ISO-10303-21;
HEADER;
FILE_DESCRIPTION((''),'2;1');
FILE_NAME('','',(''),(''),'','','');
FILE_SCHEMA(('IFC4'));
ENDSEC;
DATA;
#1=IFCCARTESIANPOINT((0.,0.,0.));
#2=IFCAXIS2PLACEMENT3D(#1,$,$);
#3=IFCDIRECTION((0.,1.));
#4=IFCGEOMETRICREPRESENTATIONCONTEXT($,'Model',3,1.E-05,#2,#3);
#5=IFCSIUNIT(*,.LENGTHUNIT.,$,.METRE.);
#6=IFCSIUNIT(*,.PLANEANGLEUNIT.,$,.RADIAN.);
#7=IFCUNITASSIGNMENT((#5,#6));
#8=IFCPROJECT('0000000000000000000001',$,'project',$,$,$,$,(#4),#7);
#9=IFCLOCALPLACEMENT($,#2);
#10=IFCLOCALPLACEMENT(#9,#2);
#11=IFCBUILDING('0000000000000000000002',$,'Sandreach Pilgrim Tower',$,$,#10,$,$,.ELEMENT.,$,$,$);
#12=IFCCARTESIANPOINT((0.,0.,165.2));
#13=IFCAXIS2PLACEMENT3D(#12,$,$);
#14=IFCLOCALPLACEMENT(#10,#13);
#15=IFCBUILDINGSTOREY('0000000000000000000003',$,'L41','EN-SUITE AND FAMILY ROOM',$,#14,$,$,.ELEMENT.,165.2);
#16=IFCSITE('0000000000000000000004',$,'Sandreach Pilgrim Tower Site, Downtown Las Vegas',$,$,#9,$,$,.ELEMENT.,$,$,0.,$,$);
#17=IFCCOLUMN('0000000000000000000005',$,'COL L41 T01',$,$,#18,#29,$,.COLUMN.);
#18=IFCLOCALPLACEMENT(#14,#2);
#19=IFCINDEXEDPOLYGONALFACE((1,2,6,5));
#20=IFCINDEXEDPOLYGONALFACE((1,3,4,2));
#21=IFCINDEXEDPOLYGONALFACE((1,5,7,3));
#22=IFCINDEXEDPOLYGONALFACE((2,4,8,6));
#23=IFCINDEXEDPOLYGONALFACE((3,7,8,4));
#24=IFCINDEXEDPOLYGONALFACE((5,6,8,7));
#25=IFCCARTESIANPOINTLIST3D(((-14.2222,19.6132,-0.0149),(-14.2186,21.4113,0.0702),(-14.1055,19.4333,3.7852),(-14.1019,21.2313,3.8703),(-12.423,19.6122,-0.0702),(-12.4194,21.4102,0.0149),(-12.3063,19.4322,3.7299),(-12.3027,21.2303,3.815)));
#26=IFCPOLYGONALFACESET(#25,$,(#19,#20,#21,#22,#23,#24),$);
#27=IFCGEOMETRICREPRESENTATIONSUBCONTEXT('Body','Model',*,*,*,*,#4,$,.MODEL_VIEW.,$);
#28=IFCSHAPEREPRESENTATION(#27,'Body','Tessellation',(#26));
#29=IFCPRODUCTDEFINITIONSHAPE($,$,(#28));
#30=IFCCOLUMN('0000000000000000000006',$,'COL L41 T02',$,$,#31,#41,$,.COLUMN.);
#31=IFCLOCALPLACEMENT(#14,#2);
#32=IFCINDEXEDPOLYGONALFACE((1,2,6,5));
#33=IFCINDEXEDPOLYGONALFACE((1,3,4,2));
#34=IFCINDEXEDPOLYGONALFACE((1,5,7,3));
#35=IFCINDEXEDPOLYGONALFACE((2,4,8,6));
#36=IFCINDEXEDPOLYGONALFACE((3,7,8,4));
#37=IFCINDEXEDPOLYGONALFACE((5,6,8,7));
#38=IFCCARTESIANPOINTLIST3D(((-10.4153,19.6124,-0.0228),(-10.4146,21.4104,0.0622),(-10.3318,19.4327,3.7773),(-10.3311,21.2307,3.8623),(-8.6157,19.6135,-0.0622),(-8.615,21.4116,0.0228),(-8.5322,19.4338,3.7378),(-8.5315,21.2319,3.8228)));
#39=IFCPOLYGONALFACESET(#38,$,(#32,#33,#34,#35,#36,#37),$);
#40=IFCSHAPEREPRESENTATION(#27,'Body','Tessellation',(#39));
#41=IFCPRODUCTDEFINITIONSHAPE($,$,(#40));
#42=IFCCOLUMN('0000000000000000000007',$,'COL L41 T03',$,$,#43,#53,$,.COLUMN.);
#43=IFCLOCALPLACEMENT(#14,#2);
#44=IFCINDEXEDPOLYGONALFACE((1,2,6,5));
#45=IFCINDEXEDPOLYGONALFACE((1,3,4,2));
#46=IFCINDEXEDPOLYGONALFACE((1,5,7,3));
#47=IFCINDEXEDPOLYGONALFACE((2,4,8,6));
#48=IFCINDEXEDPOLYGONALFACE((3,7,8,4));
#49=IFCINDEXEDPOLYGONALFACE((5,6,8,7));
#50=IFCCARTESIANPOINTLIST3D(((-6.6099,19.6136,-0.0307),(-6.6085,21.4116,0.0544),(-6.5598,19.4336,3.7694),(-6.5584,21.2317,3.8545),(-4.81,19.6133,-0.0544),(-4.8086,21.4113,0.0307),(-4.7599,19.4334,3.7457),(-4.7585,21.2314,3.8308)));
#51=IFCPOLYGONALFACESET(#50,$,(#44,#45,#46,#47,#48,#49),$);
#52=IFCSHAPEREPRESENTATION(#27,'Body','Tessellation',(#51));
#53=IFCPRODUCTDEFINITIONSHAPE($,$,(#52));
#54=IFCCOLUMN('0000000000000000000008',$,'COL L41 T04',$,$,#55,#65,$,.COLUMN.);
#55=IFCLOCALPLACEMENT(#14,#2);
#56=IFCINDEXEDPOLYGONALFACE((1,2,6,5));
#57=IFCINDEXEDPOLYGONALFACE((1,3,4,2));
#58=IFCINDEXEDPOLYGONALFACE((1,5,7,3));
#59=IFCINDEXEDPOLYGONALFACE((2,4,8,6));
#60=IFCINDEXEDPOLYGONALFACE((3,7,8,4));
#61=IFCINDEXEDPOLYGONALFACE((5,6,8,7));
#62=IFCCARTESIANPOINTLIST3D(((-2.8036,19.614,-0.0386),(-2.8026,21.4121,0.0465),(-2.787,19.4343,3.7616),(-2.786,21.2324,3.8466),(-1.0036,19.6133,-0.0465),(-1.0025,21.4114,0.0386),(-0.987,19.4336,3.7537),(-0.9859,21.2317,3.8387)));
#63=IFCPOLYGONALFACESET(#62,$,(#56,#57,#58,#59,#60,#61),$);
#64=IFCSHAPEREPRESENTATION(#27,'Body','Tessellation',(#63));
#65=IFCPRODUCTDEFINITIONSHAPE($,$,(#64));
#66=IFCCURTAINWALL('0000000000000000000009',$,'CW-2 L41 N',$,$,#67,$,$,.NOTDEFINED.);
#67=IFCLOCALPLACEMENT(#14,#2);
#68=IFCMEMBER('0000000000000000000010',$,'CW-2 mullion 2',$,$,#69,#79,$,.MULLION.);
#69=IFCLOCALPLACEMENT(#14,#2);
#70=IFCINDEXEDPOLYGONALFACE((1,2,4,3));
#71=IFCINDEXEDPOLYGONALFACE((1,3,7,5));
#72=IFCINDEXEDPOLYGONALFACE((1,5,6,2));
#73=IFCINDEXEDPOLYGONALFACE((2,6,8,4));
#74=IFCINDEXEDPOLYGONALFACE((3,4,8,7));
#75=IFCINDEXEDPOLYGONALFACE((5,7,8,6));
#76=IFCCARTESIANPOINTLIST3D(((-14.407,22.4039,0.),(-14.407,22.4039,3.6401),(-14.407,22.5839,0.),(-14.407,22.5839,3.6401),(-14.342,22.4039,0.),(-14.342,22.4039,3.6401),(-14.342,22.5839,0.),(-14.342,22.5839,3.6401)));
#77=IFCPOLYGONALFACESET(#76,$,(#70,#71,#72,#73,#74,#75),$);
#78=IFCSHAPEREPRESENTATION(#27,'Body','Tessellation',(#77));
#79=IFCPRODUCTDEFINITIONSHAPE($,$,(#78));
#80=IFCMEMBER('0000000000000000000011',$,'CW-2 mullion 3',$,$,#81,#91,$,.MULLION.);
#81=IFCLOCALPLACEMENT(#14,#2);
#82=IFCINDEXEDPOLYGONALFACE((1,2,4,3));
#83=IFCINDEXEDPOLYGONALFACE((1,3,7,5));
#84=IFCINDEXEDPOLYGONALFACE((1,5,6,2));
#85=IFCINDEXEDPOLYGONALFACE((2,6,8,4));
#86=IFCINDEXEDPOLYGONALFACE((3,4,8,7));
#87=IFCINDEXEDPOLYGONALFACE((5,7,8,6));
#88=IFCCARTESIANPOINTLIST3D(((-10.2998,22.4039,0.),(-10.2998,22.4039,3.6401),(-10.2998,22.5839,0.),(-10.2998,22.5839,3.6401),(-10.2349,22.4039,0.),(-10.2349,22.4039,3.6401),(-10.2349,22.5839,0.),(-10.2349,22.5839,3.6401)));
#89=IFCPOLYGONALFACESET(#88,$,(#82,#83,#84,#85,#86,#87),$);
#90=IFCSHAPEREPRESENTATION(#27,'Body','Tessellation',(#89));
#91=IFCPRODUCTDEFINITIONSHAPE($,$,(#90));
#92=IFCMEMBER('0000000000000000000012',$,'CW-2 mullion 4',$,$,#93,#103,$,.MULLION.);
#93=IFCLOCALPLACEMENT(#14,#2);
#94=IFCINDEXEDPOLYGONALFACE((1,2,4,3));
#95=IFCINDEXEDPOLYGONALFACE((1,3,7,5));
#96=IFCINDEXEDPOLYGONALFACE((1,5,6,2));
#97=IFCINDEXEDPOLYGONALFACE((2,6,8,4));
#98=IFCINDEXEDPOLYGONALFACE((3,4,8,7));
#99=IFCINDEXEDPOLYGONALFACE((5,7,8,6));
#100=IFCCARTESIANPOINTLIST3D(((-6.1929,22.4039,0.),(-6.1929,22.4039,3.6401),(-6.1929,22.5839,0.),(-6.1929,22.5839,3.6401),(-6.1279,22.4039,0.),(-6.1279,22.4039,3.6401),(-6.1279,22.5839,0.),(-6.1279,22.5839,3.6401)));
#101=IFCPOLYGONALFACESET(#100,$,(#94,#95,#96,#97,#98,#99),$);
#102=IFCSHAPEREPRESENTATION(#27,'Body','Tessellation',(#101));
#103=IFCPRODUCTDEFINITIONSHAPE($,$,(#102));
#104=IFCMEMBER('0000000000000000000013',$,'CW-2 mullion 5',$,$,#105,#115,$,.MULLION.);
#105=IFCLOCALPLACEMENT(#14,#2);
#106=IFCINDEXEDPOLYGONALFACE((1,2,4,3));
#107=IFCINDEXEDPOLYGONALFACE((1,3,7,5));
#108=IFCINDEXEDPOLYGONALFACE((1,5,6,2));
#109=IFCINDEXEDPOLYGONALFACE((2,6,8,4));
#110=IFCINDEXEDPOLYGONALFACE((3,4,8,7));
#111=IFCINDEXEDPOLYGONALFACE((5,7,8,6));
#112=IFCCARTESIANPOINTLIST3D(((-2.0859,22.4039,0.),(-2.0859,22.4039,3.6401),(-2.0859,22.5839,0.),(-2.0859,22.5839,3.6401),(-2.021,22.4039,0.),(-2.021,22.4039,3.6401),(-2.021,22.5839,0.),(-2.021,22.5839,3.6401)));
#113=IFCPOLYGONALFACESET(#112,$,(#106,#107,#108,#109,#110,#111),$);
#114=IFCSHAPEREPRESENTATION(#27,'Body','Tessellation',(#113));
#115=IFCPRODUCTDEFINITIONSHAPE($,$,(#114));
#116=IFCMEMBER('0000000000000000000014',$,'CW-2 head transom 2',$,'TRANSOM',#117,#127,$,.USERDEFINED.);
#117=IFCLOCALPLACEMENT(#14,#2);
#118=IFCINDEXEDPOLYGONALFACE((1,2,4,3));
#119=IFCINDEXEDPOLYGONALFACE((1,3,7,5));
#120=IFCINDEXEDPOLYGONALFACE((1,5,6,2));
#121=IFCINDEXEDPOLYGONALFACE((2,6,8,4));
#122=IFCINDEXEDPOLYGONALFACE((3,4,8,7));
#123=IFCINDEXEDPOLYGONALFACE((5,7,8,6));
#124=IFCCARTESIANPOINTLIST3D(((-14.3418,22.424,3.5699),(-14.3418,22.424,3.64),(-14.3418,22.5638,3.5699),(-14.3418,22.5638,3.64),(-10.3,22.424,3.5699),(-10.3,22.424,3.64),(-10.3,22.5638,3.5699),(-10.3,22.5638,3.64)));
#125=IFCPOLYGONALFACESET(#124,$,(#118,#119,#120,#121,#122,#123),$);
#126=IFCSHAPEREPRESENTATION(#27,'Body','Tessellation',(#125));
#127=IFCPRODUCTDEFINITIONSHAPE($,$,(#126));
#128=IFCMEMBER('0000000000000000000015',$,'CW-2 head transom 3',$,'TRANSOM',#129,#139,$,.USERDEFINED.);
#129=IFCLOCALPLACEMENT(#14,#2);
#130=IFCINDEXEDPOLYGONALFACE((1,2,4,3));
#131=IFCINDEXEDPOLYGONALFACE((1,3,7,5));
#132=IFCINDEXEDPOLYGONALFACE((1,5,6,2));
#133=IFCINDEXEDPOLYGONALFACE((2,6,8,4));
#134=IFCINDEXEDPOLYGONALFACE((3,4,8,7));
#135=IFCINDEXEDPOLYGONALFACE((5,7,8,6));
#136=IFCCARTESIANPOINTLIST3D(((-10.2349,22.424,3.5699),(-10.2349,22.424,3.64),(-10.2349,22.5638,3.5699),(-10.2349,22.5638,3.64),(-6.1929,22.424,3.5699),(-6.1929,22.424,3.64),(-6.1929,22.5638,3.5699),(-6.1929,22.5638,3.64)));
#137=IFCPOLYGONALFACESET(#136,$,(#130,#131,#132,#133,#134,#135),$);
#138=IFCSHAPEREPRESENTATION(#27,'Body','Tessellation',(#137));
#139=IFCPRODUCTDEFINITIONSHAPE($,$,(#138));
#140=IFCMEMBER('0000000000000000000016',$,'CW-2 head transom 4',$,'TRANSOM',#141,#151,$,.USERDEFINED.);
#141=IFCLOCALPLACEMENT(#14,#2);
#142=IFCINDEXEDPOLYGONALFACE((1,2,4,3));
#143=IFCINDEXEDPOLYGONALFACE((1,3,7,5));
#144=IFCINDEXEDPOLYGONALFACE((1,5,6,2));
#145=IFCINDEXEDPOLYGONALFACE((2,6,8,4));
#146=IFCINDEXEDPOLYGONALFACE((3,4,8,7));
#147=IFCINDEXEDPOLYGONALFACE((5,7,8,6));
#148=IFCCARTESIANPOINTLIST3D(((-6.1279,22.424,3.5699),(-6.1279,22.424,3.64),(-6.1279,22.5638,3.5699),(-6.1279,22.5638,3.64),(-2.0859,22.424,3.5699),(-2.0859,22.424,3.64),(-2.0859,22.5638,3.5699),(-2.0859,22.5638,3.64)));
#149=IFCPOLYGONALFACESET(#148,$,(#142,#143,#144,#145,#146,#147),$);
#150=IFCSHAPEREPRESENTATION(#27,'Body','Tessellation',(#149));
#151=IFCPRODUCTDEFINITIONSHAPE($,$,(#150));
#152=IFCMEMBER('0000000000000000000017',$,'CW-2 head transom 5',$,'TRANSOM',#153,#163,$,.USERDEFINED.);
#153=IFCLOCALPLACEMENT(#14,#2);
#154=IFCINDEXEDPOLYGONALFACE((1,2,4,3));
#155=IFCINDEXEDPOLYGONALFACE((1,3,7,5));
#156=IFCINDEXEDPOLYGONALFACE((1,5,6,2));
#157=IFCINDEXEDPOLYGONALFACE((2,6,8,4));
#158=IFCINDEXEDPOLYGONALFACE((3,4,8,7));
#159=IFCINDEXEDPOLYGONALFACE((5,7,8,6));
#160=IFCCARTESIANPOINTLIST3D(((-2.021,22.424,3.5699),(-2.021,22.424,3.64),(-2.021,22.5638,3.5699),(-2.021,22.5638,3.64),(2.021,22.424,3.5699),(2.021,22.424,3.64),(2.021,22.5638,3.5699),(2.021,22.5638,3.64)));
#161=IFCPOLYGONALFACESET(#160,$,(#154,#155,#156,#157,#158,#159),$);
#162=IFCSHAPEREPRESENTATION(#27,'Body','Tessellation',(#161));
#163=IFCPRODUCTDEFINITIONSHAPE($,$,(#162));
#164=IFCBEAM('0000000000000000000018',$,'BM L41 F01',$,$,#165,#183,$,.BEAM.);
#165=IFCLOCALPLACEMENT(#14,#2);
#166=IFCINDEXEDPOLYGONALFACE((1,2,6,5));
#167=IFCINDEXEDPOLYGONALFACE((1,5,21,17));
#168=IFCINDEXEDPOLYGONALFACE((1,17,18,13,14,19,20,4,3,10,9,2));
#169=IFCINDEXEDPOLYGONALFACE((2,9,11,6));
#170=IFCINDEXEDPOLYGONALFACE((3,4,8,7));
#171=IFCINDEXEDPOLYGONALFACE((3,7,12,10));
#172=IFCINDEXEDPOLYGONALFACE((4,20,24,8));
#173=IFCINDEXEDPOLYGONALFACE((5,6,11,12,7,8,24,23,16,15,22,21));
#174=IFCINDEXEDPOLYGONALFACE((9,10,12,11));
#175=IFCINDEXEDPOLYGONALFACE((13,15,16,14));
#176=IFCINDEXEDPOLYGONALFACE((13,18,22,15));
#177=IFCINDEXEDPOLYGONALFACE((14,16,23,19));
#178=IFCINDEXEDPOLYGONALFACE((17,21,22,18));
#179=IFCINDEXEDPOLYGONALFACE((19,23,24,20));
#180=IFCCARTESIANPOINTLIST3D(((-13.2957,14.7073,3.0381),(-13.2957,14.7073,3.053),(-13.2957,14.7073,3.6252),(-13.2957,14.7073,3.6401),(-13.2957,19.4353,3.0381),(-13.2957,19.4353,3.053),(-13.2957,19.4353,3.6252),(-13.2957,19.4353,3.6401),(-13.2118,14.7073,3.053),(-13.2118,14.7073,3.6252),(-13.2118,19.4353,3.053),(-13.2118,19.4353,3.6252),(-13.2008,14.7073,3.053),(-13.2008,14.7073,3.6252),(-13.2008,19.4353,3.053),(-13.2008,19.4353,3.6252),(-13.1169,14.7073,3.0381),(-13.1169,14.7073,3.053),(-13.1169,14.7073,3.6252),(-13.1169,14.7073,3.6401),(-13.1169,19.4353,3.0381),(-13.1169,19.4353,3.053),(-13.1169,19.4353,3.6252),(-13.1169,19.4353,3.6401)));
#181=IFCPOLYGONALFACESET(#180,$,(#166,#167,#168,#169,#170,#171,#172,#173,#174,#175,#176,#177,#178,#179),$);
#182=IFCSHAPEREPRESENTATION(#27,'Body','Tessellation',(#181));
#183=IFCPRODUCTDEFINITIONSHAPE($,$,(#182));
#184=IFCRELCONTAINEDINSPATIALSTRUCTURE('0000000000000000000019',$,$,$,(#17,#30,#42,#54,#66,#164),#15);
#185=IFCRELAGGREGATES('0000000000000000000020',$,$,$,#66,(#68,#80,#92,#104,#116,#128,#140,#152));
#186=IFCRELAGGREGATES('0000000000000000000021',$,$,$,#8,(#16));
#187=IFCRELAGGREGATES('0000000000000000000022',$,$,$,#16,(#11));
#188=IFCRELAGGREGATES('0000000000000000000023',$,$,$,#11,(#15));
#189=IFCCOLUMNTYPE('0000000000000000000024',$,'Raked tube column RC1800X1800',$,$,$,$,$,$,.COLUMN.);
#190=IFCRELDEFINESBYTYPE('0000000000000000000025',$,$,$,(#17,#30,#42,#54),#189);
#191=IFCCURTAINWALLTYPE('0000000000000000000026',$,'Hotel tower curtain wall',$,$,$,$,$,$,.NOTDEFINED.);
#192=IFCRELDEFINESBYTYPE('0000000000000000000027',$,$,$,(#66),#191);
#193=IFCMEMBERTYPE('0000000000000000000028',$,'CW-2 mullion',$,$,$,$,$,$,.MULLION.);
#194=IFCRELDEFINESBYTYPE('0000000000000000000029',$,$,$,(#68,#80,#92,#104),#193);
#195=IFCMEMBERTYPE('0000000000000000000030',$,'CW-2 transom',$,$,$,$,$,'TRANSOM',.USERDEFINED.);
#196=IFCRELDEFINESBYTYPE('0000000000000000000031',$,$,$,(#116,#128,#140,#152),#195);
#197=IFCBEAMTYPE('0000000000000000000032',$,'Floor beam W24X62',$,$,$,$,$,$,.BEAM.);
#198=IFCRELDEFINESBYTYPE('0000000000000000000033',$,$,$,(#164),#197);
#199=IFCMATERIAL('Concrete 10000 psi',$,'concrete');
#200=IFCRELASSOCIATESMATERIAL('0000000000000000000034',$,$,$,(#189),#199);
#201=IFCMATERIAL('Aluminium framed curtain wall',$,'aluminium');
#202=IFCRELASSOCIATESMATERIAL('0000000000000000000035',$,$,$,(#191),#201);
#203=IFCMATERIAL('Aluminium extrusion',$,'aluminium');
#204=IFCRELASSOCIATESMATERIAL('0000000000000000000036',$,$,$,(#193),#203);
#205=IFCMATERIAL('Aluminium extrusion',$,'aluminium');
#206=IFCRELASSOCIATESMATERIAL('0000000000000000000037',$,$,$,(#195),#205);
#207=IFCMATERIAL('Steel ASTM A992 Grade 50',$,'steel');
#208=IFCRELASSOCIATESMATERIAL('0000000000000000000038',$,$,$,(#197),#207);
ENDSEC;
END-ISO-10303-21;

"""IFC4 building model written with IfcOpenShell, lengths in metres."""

from ifc_helpers import new_model, si_unit, direction, frame, origin, origin_2d, place, context, subcontext, project, spatial, rectangle, i_section, extrude, material, material_profile, profile_set, type_object, element, aggregate, save


model = new_model("IFC4")

# Units and contexts
model_context = context("Model", 3, precision=1e-05, world=origin(), true_north=direction((0.0, 1.0)))
body_context = subcontext(model_context, "Body", "Model", "MODEL_VIEW")
ifc_project = project(units=[si_unit("LENGTHUNIT", "METRE"), si_unit("PLANEANGLEUNIT", "RADIAN")], contexts=[model_context])

# Site, building, storey
site_placement = place(None, origin())
site = spatial("IfcSite", under=ifc_project, at=site_placement, Name="Sandreach Pilgrim Tower Site, Downtown Las Vegas", CompositionType="ELEMENT", RefElevation=0.0)
building_placement = place(site_placement, origin())
building = spatial("IfcBuilding", under=site, at=building_placement, Name="Sandreach Pilgrim Tower", CompositionType="ELEMENT")
storey_placement = place(building_placement, frame((0.0, 0.0, 165.2)))
storey = spatial("IfcBuildingStorey", under=building, at=storey_placement, Name="L41", Description="EN-SUITE AND FAMILY ROOM", CompositionType="ELEMENT", Elevation=165.2)

# Columns
ifc_material_1 = material(Name="Concrete 10000 psi", Category="concrete")
ifc_material_profile_1 = material_profile(ifc_material_1, rectangle(XDim=1.8, YDim=1.8, at=origin_2d()), Name="RC1800X1800")
ifc_profile_set_1 = profile_set([ifc_material_profile_1], Name="Concrete 10000 psi")
column_type = type_object("IfcColumnType", Name="Raked tube column RC1800X1800", PredefinedType="COLUMN", material=ifc_profile_set_1)
column_1_placement = place(storey_placement, frame((-13.3208, 20.5117, 0.0), z_axis=(0.030661, -0.047275, 0.998411), x_axis=(0.002051, 0.998882, 0.047234)))
element("IfcColumn", 1, at=column_1_placement, inside=storey, type_object=column_type, Name="COL L41 T01", PredefinedType="COLUMN", context=body_context, shape_type="SweptSolid", body=[
    extrude(rectangle(XDim=1.8, YDim=1.8, at=origin_2d()), origin(), (0.0, 0.0, 1.0), 3.8062),
])
column_2_placement = place(storey_placement, frame((-9.5151, 20.512, 0.0), z_axis=(0.021943, -0.047221, 0.998643), x_axis=(0.000382, 0.998884, 0.047224)))
element("IfcColumn", 2, at=column_2_placement, inside=storey, type_object=column_type, Name="COL L41 T02", PredefinedType="COLUMN", context=body_context, shape_type="SweptSolid", body=[
    extrude(rectangle(XDim=1.8, YDim=1.8, at=origin_2d()), origin(), (0.0, 0.0, 1.0), 3.8052),
])
column_3_placement = place(storey_placement, frame((-5.7092, 20.5125, 0.0), z_axis=(0.013155, -0.047293, 0.998794), x_axis=(0.000782, 0.998881, 0.047287)))
element("IfcColumn", 3, at=column_3_placement, inside=storey, type_object=column_type, Name="COL L41 T03", PredefinedType="COLUMN", context=body_context, shape_type="SweptSolid", body=[
    extrude(rectangle(XDim=1.8, YDim=1.8, at=origin_2d()), origin(), (0.0, 0.0, 1.0), 3.8047),
])
column_4_placement = place(storey_placement, frame((-1.9031, 20.5127, 0.0), z_axis=(0.004364, -0.047232, 0.998874), x_axis=(0.000588, 0.998884, 0.04723)))
element("IfcColumn", 4, at=column_4_placement, inside=storey, type_object=column_type, Name="COL L41 T04", PredefinedType="COLUMN", context=body_context, shape_type="SweptSolid", body=[
    extrude(rectangle(XDim=1.8, YDim=1.8, at=origin_2d()), origin(), (0.0, 0.0, 1.0), 3.8044),
])

# Curtain wall, members
ifc_material_2 = material(Name="Aluminium framed curtain wall", Category="aluminium")
curtain_wall_type = type_object("IfcCurtainWallType", Name="Hotel tower curtain wall", PredefinedType="NOTDEFINED", material=ifc_material_2)
curtain_wall_placement = place(storey_placement, origin())
curtain_wall = element("IfcCurtainWall", 5, at=curtain_wall_placement, inside=storey, type_object=curtain_wall_type, Name="CW-2 L41 N", PredefinedType="NOTDEFINED")
ifc_material_3 = material(Name="Aluminium extrusion", Category="aluminium")
ifc_material_profile_2 = material_profile(ifc_material_3, rectangle(XDim=0.0649, YDim=0.1799, at=origin_2d()), Name="CW-2M 65X180")
ifc_profile_set_2 = profile_set([ifc_material_profile_2], Name="Aluminium extrusion")
member_type_1 = type_object("IfcMemberType", Name="CW-2 mullion", PredefinedType="MULLION", material=ifc_profile_set_2)
member_1_placement = place(storey_placement, frame((-14.3745, 22.4939, 0.0), z_axis=(0.0, 0.0, 1.0), x_axis=(1.0, 0.0, 0.0)))
member_1 = element("IfcMember", 6, at=member_1_placement, type_object=member_type_1, Name="CW-2 mullion 2", PredefinedType="MULLION", context=body_context, shape_type="SweptSolid", body=[
    extrude(rectangle(XDim=0.0649, YDim=0.1799, at=origin_2d()), origin(), (0.0, 0.0, 1.0), 3.6401),
])
member_2_placement = place(storey_placement, frame((-10.2673, 22.4939, 0.0), z_axis=(0.0, 0.0, 1.0), x_axis=(1.0, 0.0, 0.0)))
member_2 = element("IfcMember", 7, at=member_2_placement, type_object=member_type_1, Name="CW-2 mullion 3", PredefinedType="MULLION", context=body_context, shape_type="SweptSolid", body=[
    extrude(rectangle(XDim=0.0649, YDim=0.1799, at=origin_2d()), origin(), (0.0, 0.0, 1.0), 3.6401),
])
member_3_placement = place(storey_placement, frame((-6.1604, 22.4939, 0.0), z_axis=(0.0, 0.0, 1.0), x_axis=(1.0, 0.0, 0.0)))
member_3 = element("IfcMember", 8, at=member_3_placement, type_object=member_type_1, Name="CW-2 mullion 4", PredefinedType="MULLION", context=body_context, shape_type="SweptSolid", body=[
    extrude(rectangle(XDim=0.0649, YDim=0.1799, at=origin_2d()), origin(), (0.0, 0.0, 1.0), 3.6401),
])
member_4_placement = place(storey_placement, frame((-2.0535, 22.4939, 0.0), z_axis=(0.0, 0.0, 1.0), x_axis=(1.0, 0.0, 0.0)))
member_4 = element("IfcMember", 9, at=member_4_placement, type_object=member_type_1, Name="CW-2 mullion 5", PredefinedType="MULLION", context=body_context, shape_type="SweptSolid", body=[
    extrude(rectangle(XDim=0.0649, YDim=0.1799, at=origin_2d()), origin(), (0.0, 0.0, 1.0), 3.6401),
])
ifc_material_4 = material(Name="Aluminium extrusion", Category="aluminium")
ifc_material_profile_3 = material_profile(ifc_material_4, rectangle(XDim=0.1399, YDim=0.0701, at=origin_2d()), Name="CW-2T 140X70")
ifc_profile_set_3 = profile_set([ifc_material_profile_3], Name="Aluminium extrusion")
member_type_2 = type_object("IfcMemberType", Name="CW-2 transom", ElementType="TRANSOM", PredefinedType="USERDEFINED", material=ifc_profile_set_3)
member_5_placement = place(storey_placement, frame((-14.3418, 22.4939, 3.605), z_axis=(1.0, 0.0, 0.0), x_axis=(0.0, 1.0, 0.0)))
member_5 = element("IfcMember", 10, at=member_5_placement, type_object=member_type_2, Name="CW-2 head transom 2", ObjectType="TRANSOM", PredefinedType="USERDEFINED", context=body_context, shape_type="SweptSolid", body=[
    extrude(rectangle(XDim=0.1399, YDim=0.0701, at=origin_2d()), origin(), (0.0, 0.0, 1.0), 4.0417),
])
member_6_placement = place(storey_placement, frame((-10.2349, 22.4939, 3.605), z_axis=(1.0, 0.0, 0.0), x_axis=(0.0, 1.0, 0.0)))
member_6 = element("IfcMember", 11, at=member_6_placement, type_object=member_type_2, Name="CW-2 head transom 3", ObjectType="TRANSOM", PredefinedType="USERDEFINED", context=body_context, shape_type="SweptSolid", body=[
    extrude(rectangle(XDim=0.1399, YDim=0.0701, at=origin_2d()), origin(), (0.0, 0.0, 1.0), 4.042),
])
member_7_placement = place(storey_placement, frame((-6.1279, 22.4939, 3.605), z_axis=(1.0, 0.0, 0.0), x_axis=(0.0, 1.0, 0.0)))
member_7 = element("IfcMember", 12, at=member_7_placement, type_object=member_type_2, Name="CW-2 head transom 4", ObjectType="TRANSOM", PredefinedType="USERDEFINED", context=body_context, shape_type="SweptSolid", body=[
    extrude(rectangle(XDim=0.1399, YDim=0.0701, at=origin_2d()), origin(), (0.0, 0.0, 1.0), 4.042),
])
member_8_placement = place(storey_placement, frame((-2.021, 22.4939, 3.605), z_axis=(1.0, 0.0, 0.0), x_axis=(0.0, 1.0, 0.0)))
member_8 = element("IfcMember", 13, at=member_8_placement, type_object=member_type_2, Name="CW-2 head transom 5", ObjectType="TRANSOM", PredefinedType="USERDEFINED", context=body_context, shape_type="SweptSolid", body=[
    extrude(rectangle(XDim=0.1399, YDim=0.0701, at=origin_2d()), origin(), (0.0, 0.0, 1.0), 4.042),
])

# Beam
ifc_material_5 = material(Name="Steel ASTM A992 Grade 50", Category="steel")
ifc_material_profile_4 = material_profile(ifc_material_5, i_section(OverallWidth=0.1787, OverallDepth=0.6021, WebThickness=0.011, FlangeThickness=0.0149, at=origin_2d()), Name="W24X62")
ifc_profile_set_4 = profile_set([ifc_material_profile_4], Name="Steel ASTM A992 Grade 50")
beam_type_1 = type_object("IfcBeamType", Name="Floor beam W24X62", PredefinedType="BEAM", material=ifc_profile_set_4)
beam_1_placement = place(storey_placement, frame((-13.2063, 19.4353, 3.3391), z_axis=(0.0, -1.0, 0.0), x_axis=(1.0, 0.0, 0.0)))
element("IfcBeam", 14, at=beam_1_placement, inside=storey, type_object=beam_type_1, Name="BM L41 F01", PredefinedType="BEAM", context=body_context, shape_type="SweptSolid", body=[
    extrude(i_section(OverallWidth=0.1787, OverallDepth=0.6021, WebThickness=0.011, FlangeThickness=0.0149, at=origin_2d()), origin(), (0.0, 0.0, 1.0), 4.728),
])

aggregate(curtain_wall, [member_1, member_2, member_3, member_4, member_5, member_6, member_7, member_8])

save(model, "model.ifc")
